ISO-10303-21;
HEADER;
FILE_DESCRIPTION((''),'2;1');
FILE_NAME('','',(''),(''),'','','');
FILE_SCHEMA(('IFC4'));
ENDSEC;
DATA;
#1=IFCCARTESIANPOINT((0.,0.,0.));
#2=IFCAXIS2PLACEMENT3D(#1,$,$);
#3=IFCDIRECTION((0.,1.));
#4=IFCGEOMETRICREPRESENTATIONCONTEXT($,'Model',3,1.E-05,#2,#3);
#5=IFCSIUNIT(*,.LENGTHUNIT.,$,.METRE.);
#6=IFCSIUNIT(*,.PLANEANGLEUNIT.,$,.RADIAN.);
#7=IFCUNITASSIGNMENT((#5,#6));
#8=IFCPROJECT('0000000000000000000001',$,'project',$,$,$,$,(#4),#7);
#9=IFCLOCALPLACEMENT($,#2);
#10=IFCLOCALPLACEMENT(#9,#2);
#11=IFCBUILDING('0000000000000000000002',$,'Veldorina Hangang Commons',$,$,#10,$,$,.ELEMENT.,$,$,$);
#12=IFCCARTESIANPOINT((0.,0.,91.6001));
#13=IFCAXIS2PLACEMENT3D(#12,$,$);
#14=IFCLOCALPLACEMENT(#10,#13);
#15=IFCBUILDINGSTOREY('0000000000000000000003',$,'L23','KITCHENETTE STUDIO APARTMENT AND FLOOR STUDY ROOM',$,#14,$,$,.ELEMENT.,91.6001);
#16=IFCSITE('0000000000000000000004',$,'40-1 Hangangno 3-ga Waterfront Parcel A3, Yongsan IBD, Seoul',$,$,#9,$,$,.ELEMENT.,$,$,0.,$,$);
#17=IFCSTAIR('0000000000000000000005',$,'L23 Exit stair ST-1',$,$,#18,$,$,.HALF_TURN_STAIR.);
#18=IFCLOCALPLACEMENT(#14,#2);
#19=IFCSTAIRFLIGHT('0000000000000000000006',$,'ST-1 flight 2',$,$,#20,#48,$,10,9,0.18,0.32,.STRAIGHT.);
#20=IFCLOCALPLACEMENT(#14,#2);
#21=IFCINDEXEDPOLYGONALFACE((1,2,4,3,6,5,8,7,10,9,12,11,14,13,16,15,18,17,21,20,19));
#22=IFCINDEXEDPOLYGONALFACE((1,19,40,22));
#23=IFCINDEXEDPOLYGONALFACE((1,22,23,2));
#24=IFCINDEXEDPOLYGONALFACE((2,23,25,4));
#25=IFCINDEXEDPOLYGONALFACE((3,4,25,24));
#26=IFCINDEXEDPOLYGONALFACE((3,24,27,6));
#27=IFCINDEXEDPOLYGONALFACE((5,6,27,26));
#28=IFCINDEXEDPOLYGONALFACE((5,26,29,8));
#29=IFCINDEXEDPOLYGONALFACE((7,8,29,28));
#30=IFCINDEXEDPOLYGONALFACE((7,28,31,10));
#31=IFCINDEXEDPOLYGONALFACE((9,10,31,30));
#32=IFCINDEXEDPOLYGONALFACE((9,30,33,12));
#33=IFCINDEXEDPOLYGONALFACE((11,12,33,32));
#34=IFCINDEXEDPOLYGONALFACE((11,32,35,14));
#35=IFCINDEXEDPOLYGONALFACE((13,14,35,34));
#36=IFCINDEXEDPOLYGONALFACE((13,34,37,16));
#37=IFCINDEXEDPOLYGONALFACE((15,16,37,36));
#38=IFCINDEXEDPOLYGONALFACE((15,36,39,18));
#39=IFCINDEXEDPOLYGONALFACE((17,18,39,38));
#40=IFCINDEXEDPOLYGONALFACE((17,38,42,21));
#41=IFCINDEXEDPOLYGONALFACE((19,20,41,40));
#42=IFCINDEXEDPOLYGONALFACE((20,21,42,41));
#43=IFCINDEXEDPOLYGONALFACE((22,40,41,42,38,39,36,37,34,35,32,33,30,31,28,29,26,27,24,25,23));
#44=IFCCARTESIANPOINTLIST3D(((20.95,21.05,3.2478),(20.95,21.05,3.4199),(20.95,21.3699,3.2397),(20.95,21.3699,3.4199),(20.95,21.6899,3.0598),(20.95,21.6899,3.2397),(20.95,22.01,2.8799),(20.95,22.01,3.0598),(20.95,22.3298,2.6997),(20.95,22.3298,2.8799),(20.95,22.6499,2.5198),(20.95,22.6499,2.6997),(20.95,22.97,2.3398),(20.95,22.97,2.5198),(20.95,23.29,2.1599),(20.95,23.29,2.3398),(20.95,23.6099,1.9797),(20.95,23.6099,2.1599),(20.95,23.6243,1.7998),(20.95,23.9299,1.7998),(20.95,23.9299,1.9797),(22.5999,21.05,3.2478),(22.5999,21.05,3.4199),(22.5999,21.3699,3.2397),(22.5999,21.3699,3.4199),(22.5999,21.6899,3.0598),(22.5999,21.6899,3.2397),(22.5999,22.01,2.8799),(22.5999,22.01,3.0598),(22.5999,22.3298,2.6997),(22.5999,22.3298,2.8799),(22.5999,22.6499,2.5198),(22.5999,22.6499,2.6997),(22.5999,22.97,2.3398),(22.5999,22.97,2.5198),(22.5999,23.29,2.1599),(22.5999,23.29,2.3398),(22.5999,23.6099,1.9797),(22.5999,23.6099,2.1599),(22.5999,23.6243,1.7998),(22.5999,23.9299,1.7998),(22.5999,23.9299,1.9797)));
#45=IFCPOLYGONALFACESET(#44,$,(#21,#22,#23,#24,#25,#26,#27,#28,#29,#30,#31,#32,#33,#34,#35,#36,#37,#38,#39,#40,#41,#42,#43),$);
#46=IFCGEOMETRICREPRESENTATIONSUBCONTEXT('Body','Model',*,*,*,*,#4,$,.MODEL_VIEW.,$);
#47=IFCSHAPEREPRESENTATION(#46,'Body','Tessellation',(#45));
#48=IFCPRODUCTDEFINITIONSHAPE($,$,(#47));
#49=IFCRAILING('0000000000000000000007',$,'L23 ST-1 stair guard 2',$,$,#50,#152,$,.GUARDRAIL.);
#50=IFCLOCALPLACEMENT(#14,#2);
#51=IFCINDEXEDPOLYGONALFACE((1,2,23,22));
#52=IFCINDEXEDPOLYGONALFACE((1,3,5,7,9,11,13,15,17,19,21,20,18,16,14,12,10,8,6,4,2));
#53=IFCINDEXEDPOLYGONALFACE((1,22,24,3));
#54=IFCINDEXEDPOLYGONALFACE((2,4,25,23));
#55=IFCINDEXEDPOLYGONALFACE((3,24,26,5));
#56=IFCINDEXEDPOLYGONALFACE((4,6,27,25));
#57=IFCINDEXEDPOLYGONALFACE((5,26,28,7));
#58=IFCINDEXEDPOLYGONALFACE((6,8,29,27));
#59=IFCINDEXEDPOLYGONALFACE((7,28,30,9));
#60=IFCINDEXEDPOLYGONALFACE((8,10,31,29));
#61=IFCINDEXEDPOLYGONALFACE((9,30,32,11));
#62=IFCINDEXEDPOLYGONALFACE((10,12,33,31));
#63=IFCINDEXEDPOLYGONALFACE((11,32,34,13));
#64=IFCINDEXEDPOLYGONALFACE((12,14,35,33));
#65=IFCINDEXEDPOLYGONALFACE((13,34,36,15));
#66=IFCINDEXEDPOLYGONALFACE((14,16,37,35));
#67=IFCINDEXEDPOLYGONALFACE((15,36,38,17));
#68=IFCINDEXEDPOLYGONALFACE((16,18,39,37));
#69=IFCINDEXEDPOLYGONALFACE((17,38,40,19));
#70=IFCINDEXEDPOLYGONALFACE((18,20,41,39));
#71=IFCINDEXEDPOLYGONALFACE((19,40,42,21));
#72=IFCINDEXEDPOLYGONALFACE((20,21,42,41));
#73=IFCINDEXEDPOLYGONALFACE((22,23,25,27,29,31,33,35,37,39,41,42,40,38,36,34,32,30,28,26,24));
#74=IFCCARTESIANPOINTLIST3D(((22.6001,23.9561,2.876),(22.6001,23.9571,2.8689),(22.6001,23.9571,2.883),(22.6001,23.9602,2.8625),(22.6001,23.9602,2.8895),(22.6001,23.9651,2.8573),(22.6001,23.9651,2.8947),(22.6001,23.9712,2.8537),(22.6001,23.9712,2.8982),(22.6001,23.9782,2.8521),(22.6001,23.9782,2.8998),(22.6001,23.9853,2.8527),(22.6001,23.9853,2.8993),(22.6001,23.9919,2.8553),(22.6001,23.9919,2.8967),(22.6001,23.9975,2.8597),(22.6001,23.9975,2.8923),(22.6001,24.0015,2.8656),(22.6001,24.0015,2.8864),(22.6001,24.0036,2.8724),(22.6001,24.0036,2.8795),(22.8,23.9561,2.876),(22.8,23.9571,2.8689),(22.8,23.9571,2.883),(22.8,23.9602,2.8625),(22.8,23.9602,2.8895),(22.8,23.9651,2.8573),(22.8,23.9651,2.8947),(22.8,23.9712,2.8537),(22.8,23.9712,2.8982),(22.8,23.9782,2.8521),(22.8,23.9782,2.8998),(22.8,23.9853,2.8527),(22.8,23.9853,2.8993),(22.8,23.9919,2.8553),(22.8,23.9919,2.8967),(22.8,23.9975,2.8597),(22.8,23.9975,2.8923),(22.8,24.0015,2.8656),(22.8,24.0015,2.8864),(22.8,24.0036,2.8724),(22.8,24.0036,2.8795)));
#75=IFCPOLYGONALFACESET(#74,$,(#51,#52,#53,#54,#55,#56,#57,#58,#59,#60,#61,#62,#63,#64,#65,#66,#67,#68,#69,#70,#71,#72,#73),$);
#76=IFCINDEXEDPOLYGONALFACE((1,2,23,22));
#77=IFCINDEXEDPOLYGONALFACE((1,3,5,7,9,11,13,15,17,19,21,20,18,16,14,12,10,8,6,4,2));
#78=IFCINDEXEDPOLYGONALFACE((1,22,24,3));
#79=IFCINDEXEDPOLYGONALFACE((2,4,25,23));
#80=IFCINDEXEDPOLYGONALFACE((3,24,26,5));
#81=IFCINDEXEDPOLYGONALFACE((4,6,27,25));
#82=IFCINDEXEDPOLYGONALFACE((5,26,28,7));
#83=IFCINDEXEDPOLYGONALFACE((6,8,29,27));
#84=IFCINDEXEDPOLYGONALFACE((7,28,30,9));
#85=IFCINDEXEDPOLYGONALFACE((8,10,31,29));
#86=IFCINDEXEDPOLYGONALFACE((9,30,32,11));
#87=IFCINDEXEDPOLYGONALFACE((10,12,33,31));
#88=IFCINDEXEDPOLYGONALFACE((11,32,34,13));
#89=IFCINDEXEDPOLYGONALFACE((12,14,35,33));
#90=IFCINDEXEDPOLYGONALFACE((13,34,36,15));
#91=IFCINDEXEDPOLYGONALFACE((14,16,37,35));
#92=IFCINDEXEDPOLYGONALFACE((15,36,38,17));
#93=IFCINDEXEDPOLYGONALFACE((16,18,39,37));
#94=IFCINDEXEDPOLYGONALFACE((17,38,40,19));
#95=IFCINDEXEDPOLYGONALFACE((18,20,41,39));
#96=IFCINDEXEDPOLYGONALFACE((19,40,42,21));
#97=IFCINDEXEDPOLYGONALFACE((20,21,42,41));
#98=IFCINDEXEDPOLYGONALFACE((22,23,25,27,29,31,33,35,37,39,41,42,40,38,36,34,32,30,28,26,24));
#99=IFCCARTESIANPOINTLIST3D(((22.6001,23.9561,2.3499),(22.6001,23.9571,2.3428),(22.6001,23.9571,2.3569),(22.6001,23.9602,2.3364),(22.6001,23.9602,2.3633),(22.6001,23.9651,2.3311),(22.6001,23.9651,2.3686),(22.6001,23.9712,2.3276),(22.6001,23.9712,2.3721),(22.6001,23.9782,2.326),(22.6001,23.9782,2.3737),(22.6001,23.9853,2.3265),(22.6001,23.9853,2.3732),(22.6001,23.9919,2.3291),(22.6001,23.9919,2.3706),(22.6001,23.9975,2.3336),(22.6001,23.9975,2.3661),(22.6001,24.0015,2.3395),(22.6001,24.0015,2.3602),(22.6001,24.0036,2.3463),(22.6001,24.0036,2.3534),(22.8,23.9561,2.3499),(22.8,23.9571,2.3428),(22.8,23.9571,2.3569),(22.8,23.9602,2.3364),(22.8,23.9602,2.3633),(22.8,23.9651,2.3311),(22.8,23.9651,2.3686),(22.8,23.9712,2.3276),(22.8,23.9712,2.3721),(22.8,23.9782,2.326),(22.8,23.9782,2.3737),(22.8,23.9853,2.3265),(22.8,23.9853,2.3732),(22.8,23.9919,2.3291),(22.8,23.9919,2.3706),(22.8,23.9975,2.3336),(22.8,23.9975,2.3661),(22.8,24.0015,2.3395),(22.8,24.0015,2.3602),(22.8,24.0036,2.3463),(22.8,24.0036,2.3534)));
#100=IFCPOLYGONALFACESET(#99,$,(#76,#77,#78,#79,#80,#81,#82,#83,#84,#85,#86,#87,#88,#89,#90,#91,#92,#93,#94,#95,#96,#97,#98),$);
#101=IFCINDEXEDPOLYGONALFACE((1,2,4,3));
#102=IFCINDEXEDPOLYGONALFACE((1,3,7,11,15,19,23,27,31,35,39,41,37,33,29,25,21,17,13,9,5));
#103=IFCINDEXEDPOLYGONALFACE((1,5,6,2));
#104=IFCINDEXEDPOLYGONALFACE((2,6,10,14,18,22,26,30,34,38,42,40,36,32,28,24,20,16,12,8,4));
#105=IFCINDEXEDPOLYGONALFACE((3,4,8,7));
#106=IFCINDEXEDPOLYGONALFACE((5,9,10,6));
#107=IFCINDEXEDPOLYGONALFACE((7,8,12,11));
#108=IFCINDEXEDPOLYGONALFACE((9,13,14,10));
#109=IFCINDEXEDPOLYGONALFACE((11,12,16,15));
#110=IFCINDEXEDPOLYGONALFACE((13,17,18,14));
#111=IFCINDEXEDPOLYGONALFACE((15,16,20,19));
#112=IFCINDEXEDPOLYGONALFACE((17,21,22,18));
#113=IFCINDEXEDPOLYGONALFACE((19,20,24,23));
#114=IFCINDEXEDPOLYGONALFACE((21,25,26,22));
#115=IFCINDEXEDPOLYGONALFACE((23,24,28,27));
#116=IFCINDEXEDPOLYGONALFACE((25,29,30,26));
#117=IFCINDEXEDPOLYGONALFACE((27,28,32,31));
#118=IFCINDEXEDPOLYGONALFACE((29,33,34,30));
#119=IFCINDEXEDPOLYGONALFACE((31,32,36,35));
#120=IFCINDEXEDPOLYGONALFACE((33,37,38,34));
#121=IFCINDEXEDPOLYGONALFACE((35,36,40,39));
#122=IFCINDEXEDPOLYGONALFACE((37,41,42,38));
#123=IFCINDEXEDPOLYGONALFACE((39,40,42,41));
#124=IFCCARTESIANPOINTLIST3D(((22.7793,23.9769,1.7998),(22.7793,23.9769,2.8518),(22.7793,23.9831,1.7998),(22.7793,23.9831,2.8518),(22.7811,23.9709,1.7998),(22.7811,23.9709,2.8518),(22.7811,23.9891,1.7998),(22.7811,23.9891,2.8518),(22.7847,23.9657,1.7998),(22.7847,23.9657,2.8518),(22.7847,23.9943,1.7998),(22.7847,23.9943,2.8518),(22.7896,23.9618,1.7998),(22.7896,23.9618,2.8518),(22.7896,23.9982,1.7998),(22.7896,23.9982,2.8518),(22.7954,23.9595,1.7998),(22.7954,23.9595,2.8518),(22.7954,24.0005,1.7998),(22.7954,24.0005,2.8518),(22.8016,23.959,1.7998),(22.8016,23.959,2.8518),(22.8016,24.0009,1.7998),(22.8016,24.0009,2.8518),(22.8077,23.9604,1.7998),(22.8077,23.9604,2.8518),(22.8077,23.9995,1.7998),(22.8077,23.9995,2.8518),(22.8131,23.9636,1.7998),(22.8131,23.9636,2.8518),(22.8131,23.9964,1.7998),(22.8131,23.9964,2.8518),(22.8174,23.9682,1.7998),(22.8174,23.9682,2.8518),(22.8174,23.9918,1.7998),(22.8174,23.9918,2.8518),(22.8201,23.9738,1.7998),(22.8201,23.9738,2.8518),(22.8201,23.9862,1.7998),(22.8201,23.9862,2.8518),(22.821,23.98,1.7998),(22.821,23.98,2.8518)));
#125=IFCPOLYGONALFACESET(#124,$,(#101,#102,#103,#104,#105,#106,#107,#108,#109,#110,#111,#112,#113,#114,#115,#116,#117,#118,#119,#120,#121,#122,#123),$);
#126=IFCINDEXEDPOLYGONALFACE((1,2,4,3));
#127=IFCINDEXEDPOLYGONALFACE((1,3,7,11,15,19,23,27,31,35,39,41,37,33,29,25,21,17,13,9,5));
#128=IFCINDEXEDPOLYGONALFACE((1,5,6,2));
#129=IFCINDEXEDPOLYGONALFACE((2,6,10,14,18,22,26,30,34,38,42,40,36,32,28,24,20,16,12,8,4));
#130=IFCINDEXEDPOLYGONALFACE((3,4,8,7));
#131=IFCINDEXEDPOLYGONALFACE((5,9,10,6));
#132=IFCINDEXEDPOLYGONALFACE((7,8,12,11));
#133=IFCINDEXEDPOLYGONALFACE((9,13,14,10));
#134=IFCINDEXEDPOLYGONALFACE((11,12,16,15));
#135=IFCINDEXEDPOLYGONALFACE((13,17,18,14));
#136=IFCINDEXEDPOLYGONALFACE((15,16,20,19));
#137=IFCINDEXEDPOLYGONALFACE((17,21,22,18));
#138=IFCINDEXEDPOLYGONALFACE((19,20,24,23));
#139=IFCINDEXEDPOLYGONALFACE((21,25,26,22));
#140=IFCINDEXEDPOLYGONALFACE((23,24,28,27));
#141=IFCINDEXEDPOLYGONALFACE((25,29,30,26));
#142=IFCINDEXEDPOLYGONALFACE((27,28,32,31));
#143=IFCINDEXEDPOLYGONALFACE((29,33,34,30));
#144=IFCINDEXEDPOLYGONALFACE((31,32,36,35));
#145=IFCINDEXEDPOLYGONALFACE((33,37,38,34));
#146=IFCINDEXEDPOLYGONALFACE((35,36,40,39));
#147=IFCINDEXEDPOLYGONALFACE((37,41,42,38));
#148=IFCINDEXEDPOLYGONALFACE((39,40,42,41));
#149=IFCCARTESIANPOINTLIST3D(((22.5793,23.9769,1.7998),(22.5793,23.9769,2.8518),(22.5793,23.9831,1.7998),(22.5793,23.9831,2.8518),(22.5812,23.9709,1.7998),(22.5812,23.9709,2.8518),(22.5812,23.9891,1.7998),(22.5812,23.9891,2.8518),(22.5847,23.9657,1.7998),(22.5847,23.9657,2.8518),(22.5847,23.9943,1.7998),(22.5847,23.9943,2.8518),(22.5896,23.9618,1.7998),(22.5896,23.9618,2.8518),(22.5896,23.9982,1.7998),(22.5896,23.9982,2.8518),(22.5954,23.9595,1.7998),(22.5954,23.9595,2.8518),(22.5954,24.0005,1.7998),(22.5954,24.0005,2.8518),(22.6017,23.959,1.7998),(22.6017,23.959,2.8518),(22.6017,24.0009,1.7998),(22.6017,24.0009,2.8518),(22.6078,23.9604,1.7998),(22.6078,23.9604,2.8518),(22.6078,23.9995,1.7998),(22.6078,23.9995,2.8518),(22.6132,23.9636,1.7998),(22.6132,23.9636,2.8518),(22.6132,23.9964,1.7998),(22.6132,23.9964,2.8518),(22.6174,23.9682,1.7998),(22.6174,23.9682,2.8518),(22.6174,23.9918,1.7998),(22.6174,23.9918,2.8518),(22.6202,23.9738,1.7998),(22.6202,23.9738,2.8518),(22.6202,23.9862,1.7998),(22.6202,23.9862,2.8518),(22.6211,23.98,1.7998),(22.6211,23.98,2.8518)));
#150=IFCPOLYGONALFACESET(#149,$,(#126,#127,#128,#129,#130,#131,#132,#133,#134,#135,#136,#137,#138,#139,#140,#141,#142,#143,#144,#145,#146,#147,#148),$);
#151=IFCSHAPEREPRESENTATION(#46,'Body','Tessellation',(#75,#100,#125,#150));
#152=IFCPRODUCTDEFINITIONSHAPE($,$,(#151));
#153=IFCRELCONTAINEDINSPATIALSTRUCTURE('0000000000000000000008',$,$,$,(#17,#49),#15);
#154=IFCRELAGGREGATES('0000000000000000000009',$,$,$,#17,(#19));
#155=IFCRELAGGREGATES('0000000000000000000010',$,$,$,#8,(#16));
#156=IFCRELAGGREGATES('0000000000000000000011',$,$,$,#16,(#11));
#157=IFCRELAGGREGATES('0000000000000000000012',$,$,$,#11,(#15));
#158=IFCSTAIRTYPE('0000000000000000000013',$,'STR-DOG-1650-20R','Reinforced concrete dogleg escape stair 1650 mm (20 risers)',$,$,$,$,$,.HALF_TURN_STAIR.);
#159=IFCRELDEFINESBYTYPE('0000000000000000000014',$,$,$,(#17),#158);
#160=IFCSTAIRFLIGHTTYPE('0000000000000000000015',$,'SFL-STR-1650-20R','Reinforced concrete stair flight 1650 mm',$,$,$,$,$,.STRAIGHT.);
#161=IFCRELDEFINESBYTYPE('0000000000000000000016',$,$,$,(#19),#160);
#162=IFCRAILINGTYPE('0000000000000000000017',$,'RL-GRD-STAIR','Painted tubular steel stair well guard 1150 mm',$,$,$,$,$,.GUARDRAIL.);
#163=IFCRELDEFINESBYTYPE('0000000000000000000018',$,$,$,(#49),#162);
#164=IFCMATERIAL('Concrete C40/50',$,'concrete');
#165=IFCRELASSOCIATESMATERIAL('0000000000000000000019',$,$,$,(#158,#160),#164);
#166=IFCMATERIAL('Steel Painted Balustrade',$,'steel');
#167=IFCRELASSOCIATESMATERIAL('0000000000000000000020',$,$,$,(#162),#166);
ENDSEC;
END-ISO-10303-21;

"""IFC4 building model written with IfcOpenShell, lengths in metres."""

from ifc_helpers import new_model, si_unit, direction, frame, origin, origin_2d, place, context, subcontext, project, spatial, polyline, circle, outline, extrude, material, type_object, element, aggregate, save


model = new_model("IFC4")

# Units and contexts
model_context = context("Model", 3, precision=1e-05, world=origin(), true_north=direction((0.0, 1.0)))
body_context = subcontext(model_context, "Body", "Model", "MODEL_VIEW")
ifc_project = project(units=[si_unit("LENGTHUNIT", "METRE"), si_unit("PLANEANGLEUNIT", "RADIAN")], contexts=[model_context])

# Site, building, storey
site_placement = place(None, origin())
site = spatial("IfcSite", under=ifc_project, at=site_placement, Name="40-1 Hangangno 3-ga Waterfront Parcel A3, Yongsan IBD, Seoul", CompositionType="ELEMENT", RefElevation=0.0)
building_placement = place(site_placement, origin())
building = spatial("IfcBuilding", under=site, at=building_placement, Name="Veldorina Hangang Commons", CompositionType="ELEMENT")
storey_placement = place(building_placement, frame((0.0, 0.0, 91.6001)))
storey = spatial("IfcBuildingStorey", under=building, at=storey_placement, Name="L23", Description="KITCHENETTE STUDIO APARTMENT AND FLOOR STUDY ROOM", CompositionType="ELEMENT", Elevation=91.6001)

# Stair, stair flight
ifc_material_1 = material(Name="Concrete C40/50", Category="concrete")
stair_type = type_object("IfcStairType", Name="STR-DOG-1650-20R", Description="Reinforced concrete dogleg escape stair 1650 mm (20 risers)", PredefinedType="HALF_TURN_STAIR", material=ifc_material_1)
stair_placement = place(storey_placement, origin())
stair = element("IfcStair", 1, at=stair_placement, inside=storey, type_object=stair_type, Name="L23 Exit stair ST-1", PredefinedType="HALF_TURN_STAIR")
stair_flight_type = type_object("IfcStairFlightType", Name="SFL-STR-1650-20R", Description="Reinforced concrete stair flight 1650 mm", PredefinedType="STRAIGHT", material=ifc_material_1)
stair_flight_placement = place(storey_placement, frame((21.7749, 23.9299, 1.7998), z_axis=(0.0, 0.0, 1.0), x_axis=(0.0, -1.0, 0.0)))
stair_flight = element("IfcStairFlight", 2, at=stair_flight_placement, type_object=stair_flight_type, Name="ST-1 flight 2", NumberOfRisers=10, NumberOfTreads=9, PredefinedType="STRAIGHT", RiserHeight=0.18, TreadLength=0.32, context=body_context, shape_type="SweptSolid", body=[
    extrude(outline(polyline([(0.0, 0.0), (0.0, 0.1799), (0.3201, 0.1799), (0.3201, 0.3601), (0.6399, 0.3601), (0.6399, 0.54), (0.96, 0.54), (0.96, 0.72), (1.28, 0.72), (1.28, 0.8999), (1.6001, 0.8999), (1.6001, 1.0801), (1.9199, 1.0801), (1.9199, 1.26), (2.24, 1.26), (2.24, 1.4399), (2.5601, 1.4399), (2.5601, 1.6201), (2.8799, 1.6201), (2.8799, 1.8), (2.8799, 1.448), (0.3057, 0.0), (0.0, 0.0)])), frame((0.0, 0.825, 0.0), z_axis=(0.0, -1.0, 0.0), x_axis=(1.0, 0.0, 0.0)), (0.0, 0.0, 1.0), 1.6499),
])
aggregate(stair, [stair_flight])

# Railing
ifc_material_2 = material(Name="Steel Painted Balustrade", Category="steel")
railing_type_1 = type_object("IfcRailingType", Name="RL-GRD-STAIR", Description="Painted tubular steel stair well guard 1150 mm", PredefinedType="GUARDRAIL", material=ifc_material_2)
railing_1_placement = place(storey_placement, frame((22.8, 23.98, 1.7998)))
element("IfcRailing", 3, at=railing_1_placement, inside=storey, type_object=railing_type_1, Name="L23 ST-1 stair guard 2", PredefinedType="GUARDRAIL", context=body_context, shape_type="SweptSolid", body=[
    extrude(circle(Radius=0.0239, at=origin_2d()), frame((0.0, 0.0, 1.0762), z_axis=(-1.0, 0.0, 0.0), x_axis=(0.0, -1.0, 0.0)), (0.0, 0.0, 1.0), 0.2),
    extrude(circle(Radius=0.0239, at=origin_2d()), frame((0.0, 0.0, 0.55), z_axis=(-1.0, 0.0, 0.0), x_axis=(0.0, -1.0, 0.0)), (0.0, 0.0, 1.0), 0.2),
    extrude(circle(Radius=0.021, at=origin_2d()), origin(), (0.0, 0.0, 1.0), 1.052),
    extrude(circle(Radius=0.021, at=origin_2d()), frame((-0.2, 0.0, 0.0)), (0.0, 0.0, 1.0), 1.052),
])

save(model, "model.ifc")
